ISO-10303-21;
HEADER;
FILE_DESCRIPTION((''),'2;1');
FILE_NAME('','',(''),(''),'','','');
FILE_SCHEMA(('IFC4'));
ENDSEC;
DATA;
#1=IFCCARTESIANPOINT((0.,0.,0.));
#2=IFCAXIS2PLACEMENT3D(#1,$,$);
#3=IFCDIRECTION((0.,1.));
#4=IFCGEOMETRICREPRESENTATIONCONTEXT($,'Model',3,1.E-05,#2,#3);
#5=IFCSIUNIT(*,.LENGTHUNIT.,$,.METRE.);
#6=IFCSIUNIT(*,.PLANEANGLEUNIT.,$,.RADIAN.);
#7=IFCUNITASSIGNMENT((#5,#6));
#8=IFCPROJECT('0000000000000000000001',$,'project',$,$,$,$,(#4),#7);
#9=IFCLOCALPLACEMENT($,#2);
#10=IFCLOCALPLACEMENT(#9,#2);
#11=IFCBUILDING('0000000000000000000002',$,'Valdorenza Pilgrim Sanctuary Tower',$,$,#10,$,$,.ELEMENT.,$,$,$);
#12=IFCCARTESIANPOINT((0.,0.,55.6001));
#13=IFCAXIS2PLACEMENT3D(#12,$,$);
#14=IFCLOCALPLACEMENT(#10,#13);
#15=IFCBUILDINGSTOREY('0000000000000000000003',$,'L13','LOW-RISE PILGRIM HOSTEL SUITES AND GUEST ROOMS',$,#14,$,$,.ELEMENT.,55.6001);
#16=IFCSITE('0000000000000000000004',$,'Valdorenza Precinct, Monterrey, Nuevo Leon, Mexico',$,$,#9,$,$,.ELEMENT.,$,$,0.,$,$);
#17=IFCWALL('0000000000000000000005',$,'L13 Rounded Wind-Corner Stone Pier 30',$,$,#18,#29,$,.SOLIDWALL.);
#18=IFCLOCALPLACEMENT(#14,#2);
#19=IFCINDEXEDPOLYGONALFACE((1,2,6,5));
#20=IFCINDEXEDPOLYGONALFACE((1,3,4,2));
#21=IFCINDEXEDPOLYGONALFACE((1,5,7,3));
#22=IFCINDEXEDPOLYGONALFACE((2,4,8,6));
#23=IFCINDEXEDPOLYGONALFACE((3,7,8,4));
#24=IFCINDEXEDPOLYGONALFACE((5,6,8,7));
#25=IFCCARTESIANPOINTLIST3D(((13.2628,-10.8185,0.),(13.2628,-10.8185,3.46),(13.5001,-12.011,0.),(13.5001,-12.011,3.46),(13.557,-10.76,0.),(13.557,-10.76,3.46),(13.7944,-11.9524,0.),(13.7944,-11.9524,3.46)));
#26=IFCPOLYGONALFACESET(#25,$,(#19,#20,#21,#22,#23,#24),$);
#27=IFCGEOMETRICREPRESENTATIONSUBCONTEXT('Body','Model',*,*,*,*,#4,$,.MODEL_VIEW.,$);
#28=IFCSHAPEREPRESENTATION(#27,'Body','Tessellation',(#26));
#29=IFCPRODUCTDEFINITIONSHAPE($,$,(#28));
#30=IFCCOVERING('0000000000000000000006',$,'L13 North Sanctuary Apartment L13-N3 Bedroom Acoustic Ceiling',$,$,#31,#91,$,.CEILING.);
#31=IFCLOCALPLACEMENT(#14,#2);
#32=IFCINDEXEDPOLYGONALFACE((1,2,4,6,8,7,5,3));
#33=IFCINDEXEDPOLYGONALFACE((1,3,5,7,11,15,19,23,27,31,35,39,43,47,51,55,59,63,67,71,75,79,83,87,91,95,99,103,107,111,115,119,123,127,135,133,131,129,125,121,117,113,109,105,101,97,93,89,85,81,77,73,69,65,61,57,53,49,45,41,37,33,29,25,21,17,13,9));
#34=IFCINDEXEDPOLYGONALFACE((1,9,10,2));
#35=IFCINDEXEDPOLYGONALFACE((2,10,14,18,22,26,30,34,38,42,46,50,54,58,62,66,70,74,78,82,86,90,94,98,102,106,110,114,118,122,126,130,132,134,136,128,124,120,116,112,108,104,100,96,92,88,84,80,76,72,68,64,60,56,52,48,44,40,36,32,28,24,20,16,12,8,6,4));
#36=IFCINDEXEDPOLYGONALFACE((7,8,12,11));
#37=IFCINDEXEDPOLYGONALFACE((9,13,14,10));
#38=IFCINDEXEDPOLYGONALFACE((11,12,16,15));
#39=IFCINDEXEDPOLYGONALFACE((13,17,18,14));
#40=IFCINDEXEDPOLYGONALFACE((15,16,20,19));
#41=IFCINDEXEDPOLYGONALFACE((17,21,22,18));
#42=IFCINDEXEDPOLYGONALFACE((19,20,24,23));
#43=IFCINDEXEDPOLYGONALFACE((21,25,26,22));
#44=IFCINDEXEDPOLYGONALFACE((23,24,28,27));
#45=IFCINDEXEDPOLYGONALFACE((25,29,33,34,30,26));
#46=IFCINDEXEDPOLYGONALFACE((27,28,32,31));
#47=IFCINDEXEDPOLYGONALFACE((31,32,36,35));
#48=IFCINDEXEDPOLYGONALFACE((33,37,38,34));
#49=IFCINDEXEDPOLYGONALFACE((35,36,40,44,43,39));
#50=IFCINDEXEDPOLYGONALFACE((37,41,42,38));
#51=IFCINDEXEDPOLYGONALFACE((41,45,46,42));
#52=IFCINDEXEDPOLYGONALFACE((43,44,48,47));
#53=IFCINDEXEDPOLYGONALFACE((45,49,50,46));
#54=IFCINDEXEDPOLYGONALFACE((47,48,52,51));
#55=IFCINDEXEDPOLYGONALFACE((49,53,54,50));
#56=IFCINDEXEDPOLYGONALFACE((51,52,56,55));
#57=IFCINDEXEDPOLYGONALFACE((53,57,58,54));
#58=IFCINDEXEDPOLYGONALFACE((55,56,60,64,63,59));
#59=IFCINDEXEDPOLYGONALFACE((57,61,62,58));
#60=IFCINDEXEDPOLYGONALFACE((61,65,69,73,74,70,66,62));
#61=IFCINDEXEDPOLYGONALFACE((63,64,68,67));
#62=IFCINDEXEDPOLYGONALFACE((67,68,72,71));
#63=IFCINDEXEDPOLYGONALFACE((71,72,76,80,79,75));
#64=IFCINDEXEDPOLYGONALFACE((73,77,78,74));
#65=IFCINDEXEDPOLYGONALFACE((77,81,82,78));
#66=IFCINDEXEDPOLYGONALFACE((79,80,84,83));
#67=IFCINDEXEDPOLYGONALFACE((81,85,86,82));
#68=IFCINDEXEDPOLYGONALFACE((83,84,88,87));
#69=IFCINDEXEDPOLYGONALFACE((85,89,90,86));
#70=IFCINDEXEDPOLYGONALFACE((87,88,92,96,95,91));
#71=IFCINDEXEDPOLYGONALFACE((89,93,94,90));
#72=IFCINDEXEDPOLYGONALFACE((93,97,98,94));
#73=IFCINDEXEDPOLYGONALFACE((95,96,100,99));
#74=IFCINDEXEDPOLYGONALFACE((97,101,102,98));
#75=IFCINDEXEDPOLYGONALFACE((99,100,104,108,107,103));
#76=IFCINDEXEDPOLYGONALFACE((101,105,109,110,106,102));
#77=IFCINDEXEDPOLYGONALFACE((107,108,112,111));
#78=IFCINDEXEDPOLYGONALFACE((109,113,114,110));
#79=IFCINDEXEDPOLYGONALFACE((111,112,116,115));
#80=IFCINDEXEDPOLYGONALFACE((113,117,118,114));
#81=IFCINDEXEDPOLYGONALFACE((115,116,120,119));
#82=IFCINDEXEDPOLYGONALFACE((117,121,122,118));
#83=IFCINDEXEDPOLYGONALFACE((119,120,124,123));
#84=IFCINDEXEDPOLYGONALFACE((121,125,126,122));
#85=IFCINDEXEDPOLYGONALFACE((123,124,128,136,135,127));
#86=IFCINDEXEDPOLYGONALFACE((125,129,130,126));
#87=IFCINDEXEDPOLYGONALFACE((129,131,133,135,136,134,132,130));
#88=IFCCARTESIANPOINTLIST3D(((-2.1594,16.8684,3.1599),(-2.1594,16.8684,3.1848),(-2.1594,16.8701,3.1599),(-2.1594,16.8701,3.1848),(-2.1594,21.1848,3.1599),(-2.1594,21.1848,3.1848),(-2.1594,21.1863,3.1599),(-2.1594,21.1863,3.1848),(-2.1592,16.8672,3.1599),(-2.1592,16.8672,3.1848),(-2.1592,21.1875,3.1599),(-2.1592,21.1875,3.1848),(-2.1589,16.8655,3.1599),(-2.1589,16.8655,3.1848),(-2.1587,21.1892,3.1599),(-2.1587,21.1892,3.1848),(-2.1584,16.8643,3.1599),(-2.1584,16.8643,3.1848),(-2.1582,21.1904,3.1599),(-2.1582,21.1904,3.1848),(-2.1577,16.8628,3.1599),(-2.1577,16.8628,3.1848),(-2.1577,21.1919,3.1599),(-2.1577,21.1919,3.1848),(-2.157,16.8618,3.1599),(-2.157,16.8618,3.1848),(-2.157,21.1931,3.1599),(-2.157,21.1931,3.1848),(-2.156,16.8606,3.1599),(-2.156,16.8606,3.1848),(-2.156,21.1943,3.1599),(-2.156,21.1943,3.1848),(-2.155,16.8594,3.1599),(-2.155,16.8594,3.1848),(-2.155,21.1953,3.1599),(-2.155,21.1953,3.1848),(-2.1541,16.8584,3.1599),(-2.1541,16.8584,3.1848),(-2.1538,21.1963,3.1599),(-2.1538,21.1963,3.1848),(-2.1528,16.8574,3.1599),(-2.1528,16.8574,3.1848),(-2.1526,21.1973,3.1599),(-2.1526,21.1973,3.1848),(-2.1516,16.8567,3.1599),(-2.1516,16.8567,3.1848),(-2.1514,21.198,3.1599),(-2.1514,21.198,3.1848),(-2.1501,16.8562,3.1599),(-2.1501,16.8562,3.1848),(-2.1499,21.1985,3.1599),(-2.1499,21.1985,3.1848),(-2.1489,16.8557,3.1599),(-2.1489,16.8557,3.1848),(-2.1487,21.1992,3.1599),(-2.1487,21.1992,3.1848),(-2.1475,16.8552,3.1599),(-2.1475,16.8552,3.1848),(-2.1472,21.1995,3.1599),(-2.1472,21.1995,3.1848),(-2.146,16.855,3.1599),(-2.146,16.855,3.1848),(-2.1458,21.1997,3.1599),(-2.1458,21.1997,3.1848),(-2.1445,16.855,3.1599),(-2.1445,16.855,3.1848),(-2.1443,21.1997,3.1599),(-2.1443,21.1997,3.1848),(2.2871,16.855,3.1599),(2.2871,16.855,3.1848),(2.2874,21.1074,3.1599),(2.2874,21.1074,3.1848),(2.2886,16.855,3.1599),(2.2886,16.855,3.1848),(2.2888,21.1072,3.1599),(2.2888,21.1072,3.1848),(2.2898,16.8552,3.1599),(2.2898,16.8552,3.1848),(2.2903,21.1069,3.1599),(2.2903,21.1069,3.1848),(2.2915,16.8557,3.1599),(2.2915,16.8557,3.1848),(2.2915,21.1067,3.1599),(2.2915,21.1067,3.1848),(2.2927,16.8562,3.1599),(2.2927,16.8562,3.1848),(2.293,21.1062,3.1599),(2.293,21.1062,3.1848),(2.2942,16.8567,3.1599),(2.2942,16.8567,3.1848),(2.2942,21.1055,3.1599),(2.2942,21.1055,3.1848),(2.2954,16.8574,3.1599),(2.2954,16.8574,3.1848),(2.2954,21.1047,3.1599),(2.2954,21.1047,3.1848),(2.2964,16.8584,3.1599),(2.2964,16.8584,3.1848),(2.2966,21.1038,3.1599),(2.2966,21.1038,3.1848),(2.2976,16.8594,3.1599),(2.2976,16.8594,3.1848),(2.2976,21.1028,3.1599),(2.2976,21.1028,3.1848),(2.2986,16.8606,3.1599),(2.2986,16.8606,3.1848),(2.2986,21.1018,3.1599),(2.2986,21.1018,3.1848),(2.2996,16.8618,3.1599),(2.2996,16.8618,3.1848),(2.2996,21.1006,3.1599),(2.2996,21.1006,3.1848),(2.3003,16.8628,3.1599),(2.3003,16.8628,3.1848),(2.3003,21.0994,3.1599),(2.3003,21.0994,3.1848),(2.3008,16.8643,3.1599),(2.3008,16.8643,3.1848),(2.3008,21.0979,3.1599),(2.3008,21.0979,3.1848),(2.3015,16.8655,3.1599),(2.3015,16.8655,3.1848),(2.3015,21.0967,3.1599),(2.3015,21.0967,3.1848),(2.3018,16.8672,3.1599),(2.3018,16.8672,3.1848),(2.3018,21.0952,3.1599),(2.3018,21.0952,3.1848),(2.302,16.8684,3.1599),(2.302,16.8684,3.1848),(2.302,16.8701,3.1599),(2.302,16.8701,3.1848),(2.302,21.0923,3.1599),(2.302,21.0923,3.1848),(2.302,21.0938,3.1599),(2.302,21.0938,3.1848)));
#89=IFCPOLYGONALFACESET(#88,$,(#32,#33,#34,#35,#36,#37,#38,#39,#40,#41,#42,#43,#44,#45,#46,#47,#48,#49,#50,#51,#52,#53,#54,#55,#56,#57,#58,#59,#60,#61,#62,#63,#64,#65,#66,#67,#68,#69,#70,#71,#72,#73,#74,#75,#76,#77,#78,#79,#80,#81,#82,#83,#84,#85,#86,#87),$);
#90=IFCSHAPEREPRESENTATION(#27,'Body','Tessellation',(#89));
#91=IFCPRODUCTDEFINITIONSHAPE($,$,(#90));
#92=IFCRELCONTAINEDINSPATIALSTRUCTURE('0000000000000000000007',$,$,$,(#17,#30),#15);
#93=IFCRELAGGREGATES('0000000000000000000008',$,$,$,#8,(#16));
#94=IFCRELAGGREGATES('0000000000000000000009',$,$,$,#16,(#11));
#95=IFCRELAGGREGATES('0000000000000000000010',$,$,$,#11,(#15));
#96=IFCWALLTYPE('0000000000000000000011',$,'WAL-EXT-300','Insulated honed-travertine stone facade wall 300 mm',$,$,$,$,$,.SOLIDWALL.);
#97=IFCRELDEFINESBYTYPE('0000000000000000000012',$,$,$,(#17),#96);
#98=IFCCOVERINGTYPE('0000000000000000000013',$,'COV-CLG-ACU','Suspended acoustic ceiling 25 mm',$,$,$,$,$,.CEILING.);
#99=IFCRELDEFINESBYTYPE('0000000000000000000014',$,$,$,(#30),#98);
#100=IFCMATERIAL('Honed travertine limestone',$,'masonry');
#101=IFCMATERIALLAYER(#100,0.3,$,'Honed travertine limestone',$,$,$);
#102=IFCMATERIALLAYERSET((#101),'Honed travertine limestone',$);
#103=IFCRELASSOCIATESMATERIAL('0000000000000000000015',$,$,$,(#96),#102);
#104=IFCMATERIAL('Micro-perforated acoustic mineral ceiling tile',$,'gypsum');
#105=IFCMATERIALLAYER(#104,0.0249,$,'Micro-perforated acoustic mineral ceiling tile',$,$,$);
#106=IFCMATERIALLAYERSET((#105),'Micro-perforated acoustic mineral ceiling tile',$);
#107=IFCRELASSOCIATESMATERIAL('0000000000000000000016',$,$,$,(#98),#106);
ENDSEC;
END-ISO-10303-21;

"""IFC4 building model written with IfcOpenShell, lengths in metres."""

from ifc_helpers import new_model, si_unit, direction, frame, frame_2d, origin, place, context, subcontext, project, spatial, polyline, rectangle, outline, extrude, material, layer, layer_set, type_object, element, save


model = new_model("IFC4")

# Units and contexts
model_context = context("Model", 3, precision=1e-05, world=origin(), true_north=direction((0.0, 1.0)))
body_context = subcontext(model_context, "Body", "Model", "MODEL_VIEW")
ifc_project = project(units=[si_unit("LENGTHUNIT", "METRE"), si_unit("PLANEANGLEUNIT", "RADIAN")], contexts=[model_context])

# Site, building, storey
site_placement = place(None, origin())
site = spatial("IfcSite", under=ifc_project, at=site_placement, Name="Valdorenza Precinct, Monterrey, Nuevo Leon, Mexico", CompositionType="ELEMENT", RefElevation=0.0)
building_placement = place(site_placement, origin())
building = spatial("IfcBuilding", under=site, at=building_placement, Name="Valdorenza Pilgrim Sanctuary Tower", CompositionType="ELEMENT")
storey_placement = place(building_placement, frame((0.0, 0.0, 55.6001)))
storey = spatial("IfcBuildingStorey", under=building, at=storey_placement, Name="L13", Description="LOW-RISE PILGRIM HOSTEL SUITES AND GUEST ROOMS", CompositionType="ELEMENT", Elevation=55.6001)

# Shared definitions
ifc_material_1 = material(Name="Honed travertine limestone", Category="masonry")

# Wall
ifc_layer_1 = layer(ifc_material_1, 0.3, Name="Honed travertine limestone")
ifc_layer_set_1 = layer_set([ifc_layer_1], Name="Honed travertine limestone")
wall_type_1 = type_object("IfcWallType", Name="WAL-EXT-300", Description="Insulated honed-travertine stone facade wall 300 mm", PredefinedType="SOLIDWALL", material=ifc_layer_set_1)
wall_1_placement = place(storey_placement, frame((13.6472, -11.9817, 0.0), z_axis=(0.0, 0.0, 1.0), x_axis=(-0.195189, 0.980766, 0.0)))
element("IfcWall", 1, at=wall_1_placement, inside=storey, type_object=wall_type_1, Name="L13 Rounded Wind-Corner Stone Pier 30", PredefinedType="SOLIDWALL", context=body_context, shape_type="SweptSolid", body=[
    extrude(rectangle(XDim=1.2158, YDim=0.3, at=frame_2d((0.6079, 0.0))), origin(), (0.0, 0.0, 1.0), 3.46),
])

# Covering
ifc_material_2 = material(Name="Micro-perforated acoustic mineral ceiling tile", Category="gypsum")
ifc_layer_2 = layer(ifc_material_2, 0.0249, Name="Micro-perforated acoustic mineral ceiling tile")
ifc_layer_set_2 = layer_set([ifc_layer_2], Name="Micro-perforated acoustic mineral ceiling tile")
covering_type_1 = type_object("IfcCoveringType", Name="COV-CLG-ACU", Description="Suspended acoustic ceiling 25 mm", PredefinedType="CEILING", material=ifc_layer_set_2)
covering_1_placement = place(storey_placement, frame((0.0, 0.0, 3.1599)))
element("IfcCovering", 2, at=covering_1_placement, inside=storey, type_object=covering_type_1, Name="L13 North Sanctuary Apartment L13-N3 Bedroom Acoustic Ceiling", PredefinedType="CEILING", context=body_context, shape_type="SweptSolid", body=[
    extrude(outline(polyline([(-2.1445, 16.855), (-2.146, 16.855), (-2.1475, 16.8552), (-2.1489, 16.8557), (-2.1501, 16.8562), (-2.1516, 16.8567), (-2.1528, 16.8574), (-2.1541, 16.8584), (-2.155, 16.8594), (-2.156, 16.8606), (-2.157, 16.8618), (-2.1577, 16.8628), (-2.1584, 16.8643), (-2.1589, 16.8655), (-2.1592, 16.8672), (-2.1594, 16.8684), (-2.1594, 16.8701), (-2.1594, 21.1848), (-2.1594, 21.1863), (-2.1592, 21.1875), (-2.1587, 21.1892), (-2.1582, 21.1904), (-2.1577, 21.1919), (-2.157, 21.1931), (-2.156, 21.1943), (-2.155, 21.1953), (-2.1538, 21.1963), (-2.1526, 21.1973), (-2.1514, 21.198), (-2.1499, 21.1985), (-2.1487, 21.1992), (-2.1472, 21.1995), (-2.1458, 21.1997), (-2.1443, 21.1997), (2.2874, 21.1074), (2.2888, 21.1072), (2.2903, 21.1069), (2.2915, 21.1067), (2.293, 21.1062), (2.2942, 21.1055), (2.2954, 21.1047), (2.2966, 21.1038), (2.2976, 21.1028), (2.2986, 21.1018), (2.2996, 21.1006), (2.3003, 21.0994), (2.3008, 21.0979), (2.3015, 21.0967), (2.3018, 21.0952), (2.302, 21.0938), (2.302, 21.0923), (2.302, 16.8701), (2.302, 16.8684), (2.3018, 16.8672), (2.3015, 16.8655), (2.3008, 16.8643), (2.3003, 16.8628), (2.2996, 16.8618), (2.2986, 16.8606), (2.2976, 16.8594), (2.2964, 16.8584), (2.2954, 16.8574), (2.2942, 16.8567), (2.2927, 16.8562), (2.2915, 16.8557), (2.2898, 16.8552), (2.2886, 16.855), (2.2871, 16.855), (-2.1445, 16.855)])), origin(), (0.0, 0.0, 1.0), 0.0249),
])

save(model, "model.ifc")
